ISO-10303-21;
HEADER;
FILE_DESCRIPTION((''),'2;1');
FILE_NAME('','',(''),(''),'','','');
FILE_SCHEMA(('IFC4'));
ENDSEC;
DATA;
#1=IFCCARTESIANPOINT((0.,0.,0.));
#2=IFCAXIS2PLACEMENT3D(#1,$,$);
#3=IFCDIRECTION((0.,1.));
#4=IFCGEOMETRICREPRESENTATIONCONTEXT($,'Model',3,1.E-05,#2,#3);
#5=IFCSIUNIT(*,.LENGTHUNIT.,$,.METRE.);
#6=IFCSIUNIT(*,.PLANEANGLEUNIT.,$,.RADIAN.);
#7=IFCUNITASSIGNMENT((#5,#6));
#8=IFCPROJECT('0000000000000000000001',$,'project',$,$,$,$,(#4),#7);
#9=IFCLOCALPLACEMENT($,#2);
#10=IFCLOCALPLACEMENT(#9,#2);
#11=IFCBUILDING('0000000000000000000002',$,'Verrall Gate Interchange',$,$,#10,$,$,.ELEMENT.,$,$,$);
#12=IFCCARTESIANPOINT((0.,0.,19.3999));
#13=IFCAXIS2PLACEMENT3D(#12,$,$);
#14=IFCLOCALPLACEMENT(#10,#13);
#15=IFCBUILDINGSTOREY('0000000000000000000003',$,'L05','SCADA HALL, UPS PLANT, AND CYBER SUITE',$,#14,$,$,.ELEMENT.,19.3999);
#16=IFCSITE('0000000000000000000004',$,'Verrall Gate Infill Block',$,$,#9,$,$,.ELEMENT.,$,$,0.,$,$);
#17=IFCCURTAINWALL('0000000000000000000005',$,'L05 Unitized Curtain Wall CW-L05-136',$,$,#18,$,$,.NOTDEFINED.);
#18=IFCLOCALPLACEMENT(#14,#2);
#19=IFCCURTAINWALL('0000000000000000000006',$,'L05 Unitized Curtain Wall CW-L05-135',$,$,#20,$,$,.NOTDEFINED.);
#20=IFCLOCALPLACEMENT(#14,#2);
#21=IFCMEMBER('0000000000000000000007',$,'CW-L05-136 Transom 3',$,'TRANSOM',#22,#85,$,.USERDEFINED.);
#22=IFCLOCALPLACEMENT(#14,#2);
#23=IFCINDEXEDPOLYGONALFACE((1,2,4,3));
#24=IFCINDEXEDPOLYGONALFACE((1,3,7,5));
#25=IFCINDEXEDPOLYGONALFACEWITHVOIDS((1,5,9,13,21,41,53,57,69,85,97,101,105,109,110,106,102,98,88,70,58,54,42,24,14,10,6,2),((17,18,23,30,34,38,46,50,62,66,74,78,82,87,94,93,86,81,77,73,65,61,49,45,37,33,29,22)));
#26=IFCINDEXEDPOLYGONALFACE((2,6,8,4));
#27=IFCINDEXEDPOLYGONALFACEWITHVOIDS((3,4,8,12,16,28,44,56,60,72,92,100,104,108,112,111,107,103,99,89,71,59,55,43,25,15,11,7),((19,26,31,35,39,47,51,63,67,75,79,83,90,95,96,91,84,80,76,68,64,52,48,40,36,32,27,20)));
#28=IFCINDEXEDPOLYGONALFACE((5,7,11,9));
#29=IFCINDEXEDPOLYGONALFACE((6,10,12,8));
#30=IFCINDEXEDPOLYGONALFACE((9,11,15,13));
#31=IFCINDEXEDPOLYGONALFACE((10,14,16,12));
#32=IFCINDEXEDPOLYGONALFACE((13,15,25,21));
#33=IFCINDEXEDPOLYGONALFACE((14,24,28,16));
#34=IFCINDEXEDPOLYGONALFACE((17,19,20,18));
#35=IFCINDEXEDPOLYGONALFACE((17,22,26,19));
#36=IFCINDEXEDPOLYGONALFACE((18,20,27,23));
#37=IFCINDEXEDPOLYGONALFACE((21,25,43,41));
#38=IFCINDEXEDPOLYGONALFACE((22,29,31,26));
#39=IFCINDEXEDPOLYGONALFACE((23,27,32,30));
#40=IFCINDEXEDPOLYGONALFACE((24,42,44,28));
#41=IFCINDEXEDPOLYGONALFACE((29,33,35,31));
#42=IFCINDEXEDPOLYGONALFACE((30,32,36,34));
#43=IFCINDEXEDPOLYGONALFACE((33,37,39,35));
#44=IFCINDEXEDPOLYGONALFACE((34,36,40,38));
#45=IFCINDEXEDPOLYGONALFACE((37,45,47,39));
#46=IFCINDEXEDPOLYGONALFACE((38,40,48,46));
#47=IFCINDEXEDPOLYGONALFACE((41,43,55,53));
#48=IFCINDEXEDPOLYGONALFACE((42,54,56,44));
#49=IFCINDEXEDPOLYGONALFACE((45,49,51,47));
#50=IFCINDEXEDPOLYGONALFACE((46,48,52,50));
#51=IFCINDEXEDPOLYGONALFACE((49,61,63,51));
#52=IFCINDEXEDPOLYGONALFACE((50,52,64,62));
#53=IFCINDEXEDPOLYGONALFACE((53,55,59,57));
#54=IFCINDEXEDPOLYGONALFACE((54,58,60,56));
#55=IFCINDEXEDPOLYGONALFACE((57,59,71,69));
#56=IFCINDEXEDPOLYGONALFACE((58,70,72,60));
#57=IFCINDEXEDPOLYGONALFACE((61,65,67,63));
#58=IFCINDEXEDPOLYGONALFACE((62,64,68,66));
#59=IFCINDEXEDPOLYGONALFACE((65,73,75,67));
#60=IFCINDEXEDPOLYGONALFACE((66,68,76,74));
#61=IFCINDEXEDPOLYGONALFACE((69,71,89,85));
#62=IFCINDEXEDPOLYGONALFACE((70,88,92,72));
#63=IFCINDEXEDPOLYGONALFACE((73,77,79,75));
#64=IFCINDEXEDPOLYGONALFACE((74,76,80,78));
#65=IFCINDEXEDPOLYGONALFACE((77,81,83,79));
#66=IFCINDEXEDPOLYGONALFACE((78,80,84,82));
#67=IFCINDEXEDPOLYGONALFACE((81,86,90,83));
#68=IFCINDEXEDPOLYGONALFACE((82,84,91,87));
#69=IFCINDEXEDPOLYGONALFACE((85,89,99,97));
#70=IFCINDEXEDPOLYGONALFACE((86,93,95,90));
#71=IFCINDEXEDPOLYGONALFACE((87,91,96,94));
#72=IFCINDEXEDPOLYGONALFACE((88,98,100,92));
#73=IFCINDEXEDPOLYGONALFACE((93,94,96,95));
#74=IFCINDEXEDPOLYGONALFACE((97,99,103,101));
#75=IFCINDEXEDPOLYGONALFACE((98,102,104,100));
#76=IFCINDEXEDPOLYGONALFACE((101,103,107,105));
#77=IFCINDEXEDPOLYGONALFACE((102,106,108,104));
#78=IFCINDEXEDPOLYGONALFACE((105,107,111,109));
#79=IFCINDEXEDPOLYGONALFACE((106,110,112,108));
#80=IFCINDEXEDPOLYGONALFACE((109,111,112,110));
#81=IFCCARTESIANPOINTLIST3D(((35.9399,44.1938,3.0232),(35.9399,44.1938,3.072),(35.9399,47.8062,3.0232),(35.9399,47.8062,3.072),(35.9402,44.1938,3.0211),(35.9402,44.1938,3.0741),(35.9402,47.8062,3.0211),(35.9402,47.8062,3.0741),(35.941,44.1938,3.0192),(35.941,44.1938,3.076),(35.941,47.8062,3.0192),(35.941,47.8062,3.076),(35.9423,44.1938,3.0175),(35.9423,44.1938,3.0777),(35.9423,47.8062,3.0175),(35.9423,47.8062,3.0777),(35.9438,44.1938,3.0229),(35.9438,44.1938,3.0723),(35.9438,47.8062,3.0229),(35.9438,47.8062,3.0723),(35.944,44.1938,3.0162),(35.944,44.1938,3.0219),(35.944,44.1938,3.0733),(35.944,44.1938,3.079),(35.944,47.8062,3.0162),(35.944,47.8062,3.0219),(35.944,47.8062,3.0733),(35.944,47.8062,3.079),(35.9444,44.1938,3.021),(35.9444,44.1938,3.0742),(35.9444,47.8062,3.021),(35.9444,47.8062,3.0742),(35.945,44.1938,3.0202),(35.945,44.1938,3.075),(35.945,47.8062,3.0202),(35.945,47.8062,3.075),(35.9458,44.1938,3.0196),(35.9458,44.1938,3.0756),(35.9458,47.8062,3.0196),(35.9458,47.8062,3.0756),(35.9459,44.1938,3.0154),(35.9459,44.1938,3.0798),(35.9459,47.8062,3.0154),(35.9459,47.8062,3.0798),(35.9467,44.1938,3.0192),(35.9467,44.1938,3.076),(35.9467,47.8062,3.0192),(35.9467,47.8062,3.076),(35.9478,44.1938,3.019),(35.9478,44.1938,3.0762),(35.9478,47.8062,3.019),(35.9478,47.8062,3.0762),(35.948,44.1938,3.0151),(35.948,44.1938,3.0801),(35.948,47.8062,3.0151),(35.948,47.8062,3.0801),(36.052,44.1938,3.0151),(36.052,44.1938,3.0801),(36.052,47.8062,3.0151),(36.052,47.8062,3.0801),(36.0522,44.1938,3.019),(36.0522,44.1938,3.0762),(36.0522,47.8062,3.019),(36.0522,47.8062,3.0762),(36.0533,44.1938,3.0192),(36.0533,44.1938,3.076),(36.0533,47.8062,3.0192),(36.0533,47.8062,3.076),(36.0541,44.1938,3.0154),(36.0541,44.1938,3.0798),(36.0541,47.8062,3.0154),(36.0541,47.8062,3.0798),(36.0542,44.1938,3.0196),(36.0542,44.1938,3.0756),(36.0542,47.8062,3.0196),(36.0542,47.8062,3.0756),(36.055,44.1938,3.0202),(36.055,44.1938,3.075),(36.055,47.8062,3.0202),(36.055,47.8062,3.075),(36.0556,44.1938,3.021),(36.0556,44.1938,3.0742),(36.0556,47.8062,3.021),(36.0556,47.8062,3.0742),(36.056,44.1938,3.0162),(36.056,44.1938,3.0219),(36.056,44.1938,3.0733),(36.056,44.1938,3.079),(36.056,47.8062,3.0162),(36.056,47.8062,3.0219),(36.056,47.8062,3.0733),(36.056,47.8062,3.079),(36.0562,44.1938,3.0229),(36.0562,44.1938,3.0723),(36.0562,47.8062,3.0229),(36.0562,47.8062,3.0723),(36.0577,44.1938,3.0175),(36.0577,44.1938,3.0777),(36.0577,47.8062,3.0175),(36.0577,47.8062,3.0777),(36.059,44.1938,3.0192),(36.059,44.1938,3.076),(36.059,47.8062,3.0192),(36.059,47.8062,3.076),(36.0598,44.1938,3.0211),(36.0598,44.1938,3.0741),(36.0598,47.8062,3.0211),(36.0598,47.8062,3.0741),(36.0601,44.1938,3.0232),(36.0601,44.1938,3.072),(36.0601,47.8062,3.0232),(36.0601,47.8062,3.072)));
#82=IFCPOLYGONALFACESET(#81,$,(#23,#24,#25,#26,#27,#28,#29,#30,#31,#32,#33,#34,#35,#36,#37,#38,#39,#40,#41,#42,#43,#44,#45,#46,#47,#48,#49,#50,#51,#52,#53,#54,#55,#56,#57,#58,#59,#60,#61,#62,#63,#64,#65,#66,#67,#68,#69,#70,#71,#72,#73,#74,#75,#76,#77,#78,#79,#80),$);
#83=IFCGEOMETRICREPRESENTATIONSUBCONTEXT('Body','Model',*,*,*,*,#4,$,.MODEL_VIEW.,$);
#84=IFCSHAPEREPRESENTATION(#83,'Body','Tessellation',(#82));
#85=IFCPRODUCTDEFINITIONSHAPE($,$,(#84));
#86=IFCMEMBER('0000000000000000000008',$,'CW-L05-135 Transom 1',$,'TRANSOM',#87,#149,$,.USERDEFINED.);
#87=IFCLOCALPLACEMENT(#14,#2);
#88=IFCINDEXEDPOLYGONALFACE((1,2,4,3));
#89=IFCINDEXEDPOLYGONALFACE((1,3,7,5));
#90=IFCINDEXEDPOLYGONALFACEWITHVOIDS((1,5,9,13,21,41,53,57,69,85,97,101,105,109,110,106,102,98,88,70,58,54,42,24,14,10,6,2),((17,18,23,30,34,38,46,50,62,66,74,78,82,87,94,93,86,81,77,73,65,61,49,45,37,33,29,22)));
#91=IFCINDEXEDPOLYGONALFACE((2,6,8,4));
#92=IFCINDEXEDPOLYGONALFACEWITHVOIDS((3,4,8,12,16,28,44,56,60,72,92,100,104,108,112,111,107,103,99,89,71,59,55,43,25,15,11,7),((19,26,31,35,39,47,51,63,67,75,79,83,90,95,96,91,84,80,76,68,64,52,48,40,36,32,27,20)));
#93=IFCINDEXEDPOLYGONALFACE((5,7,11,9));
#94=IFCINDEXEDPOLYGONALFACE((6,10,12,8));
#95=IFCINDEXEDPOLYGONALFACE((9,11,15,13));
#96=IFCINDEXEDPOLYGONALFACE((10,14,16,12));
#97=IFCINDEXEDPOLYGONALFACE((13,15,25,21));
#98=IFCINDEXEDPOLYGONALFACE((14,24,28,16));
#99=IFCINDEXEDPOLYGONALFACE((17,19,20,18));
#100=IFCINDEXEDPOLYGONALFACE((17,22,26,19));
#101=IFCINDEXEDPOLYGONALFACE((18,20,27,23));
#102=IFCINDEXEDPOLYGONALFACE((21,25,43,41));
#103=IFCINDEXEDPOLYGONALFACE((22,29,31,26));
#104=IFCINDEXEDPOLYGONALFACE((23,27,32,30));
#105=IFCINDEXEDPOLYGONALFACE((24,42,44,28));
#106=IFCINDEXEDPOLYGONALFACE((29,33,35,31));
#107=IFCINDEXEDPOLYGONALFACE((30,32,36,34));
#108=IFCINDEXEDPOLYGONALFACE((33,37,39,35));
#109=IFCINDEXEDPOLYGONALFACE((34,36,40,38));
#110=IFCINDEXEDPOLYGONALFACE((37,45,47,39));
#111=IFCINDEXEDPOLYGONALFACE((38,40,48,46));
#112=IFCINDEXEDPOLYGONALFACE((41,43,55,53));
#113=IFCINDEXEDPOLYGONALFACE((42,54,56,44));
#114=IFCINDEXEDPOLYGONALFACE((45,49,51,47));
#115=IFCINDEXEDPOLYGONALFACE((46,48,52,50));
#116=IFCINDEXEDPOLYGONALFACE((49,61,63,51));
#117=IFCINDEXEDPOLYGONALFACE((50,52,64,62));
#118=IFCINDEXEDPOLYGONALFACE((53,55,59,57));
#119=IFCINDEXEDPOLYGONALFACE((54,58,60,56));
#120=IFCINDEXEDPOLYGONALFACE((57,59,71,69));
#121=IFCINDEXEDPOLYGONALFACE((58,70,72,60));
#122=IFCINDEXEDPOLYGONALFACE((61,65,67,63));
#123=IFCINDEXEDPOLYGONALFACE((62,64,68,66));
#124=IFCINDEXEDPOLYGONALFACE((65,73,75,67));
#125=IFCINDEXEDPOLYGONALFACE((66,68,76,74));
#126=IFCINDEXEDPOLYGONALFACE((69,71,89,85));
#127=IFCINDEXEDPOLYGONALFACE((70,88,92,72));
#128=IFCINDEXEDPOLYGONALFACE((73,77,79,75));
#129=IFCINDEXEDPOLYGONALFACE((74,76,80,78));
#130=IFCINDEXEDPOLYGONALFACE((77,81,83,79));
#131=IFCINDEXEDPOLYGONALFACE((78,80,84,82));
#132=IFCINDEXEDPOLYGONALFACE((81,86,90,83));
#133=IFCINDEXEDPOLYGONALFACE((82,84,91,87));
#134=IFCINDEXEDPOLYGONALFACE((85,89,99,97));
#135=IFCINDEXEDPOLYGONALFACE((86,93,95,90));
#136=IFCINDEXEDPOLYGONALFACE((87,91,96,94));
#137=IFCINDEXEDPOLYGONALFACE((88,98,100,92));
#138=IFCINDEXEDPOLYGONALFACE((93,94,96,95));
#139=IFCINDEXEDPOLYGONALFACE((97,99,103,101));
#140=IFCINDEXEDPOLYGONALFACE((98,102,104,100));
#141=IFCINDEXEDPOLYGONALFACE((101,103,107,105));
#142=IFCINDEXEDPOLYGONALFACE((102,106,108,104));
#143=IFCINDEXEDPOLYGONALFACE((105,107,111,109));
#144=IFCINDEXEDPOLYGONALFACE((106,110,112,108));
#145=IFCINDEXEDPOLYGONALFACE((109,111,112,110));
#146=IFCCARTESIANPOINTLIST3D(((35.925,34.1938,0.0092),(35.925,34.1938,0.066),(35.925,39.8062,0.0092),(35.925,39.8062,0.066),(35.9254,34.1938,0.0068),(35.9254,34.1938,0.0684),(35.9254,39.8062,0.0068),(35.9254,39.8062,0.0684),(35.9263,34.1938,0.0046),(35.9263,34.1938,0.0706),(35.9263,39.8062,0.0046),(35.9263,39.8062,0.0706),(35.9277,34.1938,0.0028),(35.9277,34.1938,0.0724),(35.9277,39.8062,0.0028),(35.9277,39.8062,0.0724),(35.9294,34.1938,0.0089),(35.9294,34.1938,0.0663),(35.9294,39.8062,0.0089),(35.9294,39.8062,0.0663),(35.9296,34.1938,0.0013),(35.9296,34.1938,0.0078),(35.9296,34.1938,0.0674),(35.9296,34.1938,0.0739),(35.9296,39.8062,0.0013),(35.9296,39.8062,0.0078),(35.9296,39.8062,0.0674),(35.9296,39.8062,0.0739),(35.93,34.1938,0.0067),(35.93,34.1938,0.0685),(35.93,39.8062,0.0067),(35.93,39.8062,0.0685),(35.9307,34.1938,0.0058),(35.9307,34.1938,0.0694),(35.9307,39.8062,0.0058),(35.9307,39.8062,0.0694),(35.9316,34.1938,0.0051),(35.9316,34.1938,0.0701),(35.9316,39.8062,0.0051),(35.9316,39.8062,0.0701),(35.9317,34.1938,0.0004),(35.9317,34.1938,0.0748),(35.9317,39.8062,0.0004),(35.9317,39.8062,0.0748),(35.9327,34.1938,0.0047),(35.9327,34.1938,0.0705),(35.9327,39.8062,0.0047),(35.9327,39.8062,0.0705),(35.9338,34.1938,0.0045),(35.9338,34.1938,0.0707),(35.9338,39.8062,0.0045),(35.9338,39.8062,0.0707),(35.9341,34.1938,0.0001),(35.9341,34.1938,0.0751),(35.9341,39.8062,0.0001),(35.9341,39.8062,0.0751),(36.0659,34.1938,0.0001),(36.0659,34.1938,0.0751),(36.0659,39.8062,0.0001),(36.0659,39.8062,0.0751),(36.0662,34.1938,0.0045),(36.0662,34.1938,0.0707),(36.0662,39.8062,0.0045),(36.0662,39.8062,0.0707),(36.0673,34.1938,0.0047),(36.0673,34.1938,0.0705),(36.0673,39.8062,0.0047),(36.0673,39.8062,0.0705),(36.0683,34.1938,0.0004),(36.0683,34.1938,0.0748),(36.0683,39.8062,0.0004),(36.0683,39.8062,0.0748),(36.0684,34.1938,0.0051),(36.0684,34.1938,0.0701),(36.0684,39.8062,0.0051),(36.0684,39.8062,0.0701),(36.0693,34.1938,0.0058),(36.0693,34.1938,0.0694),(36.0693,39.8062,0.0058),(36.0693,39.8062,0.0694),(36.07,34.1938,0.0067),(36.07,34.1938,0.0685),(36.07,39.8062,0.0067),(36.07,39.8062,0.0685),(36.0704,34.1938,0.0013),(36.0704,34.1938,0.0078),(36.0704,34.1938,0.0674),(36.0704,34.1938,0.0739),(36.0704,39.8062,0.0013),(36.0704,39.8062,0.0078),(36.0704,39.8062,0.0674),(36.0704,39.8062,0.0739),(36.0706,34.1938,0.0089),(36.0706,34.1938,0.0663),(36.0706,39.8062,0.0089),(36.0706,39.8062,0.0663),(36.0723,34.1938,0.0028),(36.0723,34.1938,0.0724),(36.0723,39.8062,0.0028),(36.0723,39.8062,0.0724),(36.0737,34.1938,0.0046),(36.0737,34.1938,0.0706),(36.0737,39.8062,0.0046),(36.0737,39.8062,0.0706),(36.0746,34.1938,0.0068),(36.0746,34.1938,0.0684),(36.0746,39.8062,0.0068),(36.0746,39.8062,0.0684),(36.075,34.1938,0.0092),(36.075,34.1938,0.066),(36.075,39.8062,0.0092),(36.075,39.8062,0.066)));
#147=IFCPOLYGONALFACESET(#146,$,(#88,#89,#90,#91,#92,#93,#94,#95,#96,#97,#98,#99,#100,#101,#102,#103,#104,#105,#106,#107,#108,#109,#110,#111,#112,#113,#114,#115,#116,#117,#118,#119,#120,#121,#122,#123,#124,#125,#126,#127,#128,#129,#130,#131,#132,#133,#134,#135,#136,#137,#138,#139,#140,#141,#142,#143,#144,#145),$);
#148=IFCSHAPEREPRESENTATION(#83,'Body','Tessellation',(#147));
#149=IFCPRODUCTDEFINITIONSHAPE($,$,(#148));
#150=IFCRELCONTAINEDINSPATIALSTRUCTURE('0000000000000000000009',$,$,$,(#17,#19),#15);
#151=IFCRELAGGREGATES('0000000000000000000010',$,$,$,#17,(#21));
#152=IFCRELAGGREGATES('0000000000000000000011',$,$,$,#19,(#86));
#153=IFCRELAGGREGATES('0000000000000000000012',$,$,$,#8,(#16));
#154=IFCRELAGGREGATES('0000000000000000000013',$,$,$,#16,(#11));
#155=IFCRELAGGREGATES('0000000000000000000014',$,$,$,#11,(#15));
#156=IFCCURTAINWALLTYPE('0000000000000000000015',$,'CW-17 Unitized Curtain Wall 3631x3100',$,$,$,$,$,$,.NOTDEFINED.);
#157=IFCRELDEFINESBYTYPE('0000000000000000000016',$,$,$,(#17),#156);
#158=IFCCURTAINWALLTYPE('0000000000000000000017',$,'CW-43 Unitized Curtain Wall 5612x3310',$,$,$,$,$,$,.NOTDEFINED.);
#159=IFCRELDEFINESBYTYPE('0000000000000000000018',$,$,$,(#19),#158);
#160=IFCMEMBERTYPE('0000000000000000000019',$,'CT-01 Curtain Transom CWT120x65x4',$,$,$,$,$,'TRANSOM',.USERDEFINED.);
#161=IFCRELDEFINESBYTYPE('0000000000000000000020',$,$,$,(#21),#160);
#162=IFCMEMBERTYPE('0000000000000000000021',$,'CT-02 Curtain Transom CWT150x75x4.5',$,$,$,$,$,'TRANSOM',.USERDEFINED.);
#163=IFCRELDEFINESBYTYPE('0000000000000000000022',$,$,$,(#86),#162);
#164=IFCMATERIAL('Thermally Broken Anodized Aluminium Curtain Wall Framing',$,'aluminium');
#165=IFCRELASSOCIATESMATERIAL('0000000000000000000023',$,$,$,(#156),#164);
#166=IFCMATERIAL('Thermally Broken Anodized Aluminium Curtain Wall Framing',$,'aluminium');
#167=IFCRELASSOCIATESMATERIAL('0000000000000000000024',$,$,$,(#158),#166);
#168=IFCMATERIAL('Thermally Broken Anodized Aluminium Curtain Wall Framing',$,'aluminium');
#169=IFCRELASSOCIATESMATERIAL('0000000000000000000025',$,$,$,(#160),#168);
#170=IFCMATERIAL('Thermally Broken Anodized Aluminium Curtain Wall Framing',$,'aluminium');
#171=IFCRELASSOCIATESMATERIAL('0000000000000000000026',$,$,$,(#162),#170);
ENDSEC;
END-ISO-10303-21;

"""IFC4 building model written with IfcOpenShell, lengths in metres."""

from ifc_helpers import new_model, si_unit, direction, frame, origin, origin_2d, place, context, subcontext, project, spatial, hollow_rectangle, extrude, material, material_profile, profile_set, type_object, element, aggregate, save


model = new_model("IFC4")

# Units and contexts
model_context = context("Model", 3, precision=1e-05, world=origin(), true_north=direction((0.0, 1.0)))
body_context = subcontext(model_context, "Body", "Model", "MODEL_VIEW")
ifc_project = project(units=[si_unit("LENGTHUNIT", "METRE"), si_unit("PLANEANGLEUNIT", "RADIAN")], contexts=[model_context])

# Site, building, storey
site_placement = place(None, origin())
site = spatial("IfcSite", under=ifc_project, at=site_placement, Name="Verrall Gate Infill Block", CompositionType="ELEMENT", RefElevation=0.0)
building_placement = place(site_placement, origin())
building = spatial("IfcBuilding", under=site, at=building_placement, Name="Verrall Gate Interchange", CompositionType="ELEMENT")
storey_placement = place(building_placement, frame((0.0, 0.0, 19.3999)))
storey = spatial("IfcBuildingStorey", under=building, at=storey_placement, Name="L05", Description="SCADA HALL, UPS PLANT, AND CYBER SUITE", CompositionType="ELEMENT", Elevation=19.3999)

# Curtain walls
ifc_material_1 = material(Name="Thermally Broken Anodized Aluminium Curtain Wall Framing", Category="aluminium")
curtain_wall_type_1 = type_object("IfcCurtainWallType", Name="CW-17 Unitized Curtain Wall 3631x3100", PredefinedType="NOTDEFINED", material=ifc_material_1)
curtain_wall_1_placement = place(storey_placement, origin())
curtain_wall_1 = element("IfcCurtainWall", 1, at=curtain_wall_1_placement, inside=storey, type_object=curtain_wall_type_1, Name="L05 Unitized Curtain Wall CW-L05-136", PredefinedType="NOTDEFINED")
ifc_material_2 = material(Name="Thermally Broken Anodized Aluminium Curtain Wall Framing", Category="aluminium")
curtain_wall_type_2 = type_object("IfcCurtainWallType", Name="CW-43 Unitized Curtain Wall 5612x3310", PredefinedType="NOTDEFINED", material=ifc_material_2)
curtain_wall_2_placement = place(storey_placement, origin())
curtain_wall_2 = element("IfcCurtainWall", 2, at=curtain_wall_2_placement, inside=storey, type_object=curtain_wall_type_2, Name="L05 Unitized Curtain Wall CW-L05-135", PredefinedType="NOTDEFINED")

# Members
ifc_material_3 = material(Name="Thermally Broken Anodized Aluminium Curtain Wall Framing", Category="aluminium")
ifc_material_profile_1 = material_profile(ifc_material_3, hollow_rectangle(XDim=0.1201, YDim=0.0649, WallThickness=0.0039, InnerFilletRadius=0.0039, OuterFilletRadius=0.0081, at=origin_2d()), Name="CWT120x65x4")
ifc_profile_set_1 = profile_set([ifc_material_profile_1], Name="Thermally Broken Anodized Aluminium Curtain Wall Framing")
member_type_1 = type_object("IfcMemberType", Name="CT-01 Curtain Transom CWT120x65x4", ElementType="TRANSOM", PredefinedType="USERDEFINED", material=ifc_profile_set_1)
member_1_placement = place(storey_placement, frame((36.0, 44.1938, 3.0476), z_axis=(0.0, 1.0, 0.0), x_axis=(-1.0, 0.0, 0.0)))
member_1 = element("IfcMember", 3, at=member_1_placement, type_object=member_type_1, Name="CW-L05-136 Transom 3", ObjectType="TRANSOM", PredefinedType="USERDEFINED", context=body_context, shape_type="SweptSolid", body=[
    extrude(hollow_rectangle(XDim=0.1201, YDim=0.0649, WallThickness=0.0039, InnerFilletRadius=0.0039, OuterFilletRadius=0.0081, at=origin_2d()), origin(), (0.0, 0.0, 1.0), 3.6123),
])
ifc_material_4 = material(Name="Thermally Broken Anodized Aluminium Curtain Wall Framing", Category="aluminium")
ifc_material_profile_2 = material_profile(ifc_material_4, hollow_rectangle(XDim=0.1499, YDim=0.075, WallThickness=0.0044, InnerFilletRadius=0.0044, OuterFilletRadius=0.009, at=origin_2d()), Name="CWT150x75x4.5")
ifc_profile_set_2 = profile_set([ifc_material_profile_2], Name="Thermally Broken Anodized Aluminium Curtain Wall Framing")
member_type_2 = type_object("IfcMemberType", Name="CT-02 Curtain Transom CWT150x75x4.5", ElementType="TRANSOM", PredefinedType="USERDEFINED", material=ifc_profile_set_2)
member_2_placement = place(storey_placement, frame((36.0, 34.1938, 0.0376), z_axis=(0.0, 1.0, 0.0), x_axis=(-1.0, 0.0, 0.0)))
member_2 = element("IfcMember", 4, at=member_2_placement, type_object=member_type_2, Name="CW-L05-135 Transom 1", ObjectType="TRANSOM", PredefinedType="USERDEFINED", context=body_context, shape_type="SweptSolid", body=[
    extrude(hollow_rectangle(XDim=0.1499, YDim=0.075, WallThickness=0.0044, InnerFilletRadius=0.0044, OuterFilletRadius=0.009, at=origin_2d()), origin(), (0.0, 0.0, 1.0), 5.6123),
])

aggregate(curtain_wall_1, [member_1])
aggregate(curtain_wall_2, [member_2])

save(model, "model.ifc")
